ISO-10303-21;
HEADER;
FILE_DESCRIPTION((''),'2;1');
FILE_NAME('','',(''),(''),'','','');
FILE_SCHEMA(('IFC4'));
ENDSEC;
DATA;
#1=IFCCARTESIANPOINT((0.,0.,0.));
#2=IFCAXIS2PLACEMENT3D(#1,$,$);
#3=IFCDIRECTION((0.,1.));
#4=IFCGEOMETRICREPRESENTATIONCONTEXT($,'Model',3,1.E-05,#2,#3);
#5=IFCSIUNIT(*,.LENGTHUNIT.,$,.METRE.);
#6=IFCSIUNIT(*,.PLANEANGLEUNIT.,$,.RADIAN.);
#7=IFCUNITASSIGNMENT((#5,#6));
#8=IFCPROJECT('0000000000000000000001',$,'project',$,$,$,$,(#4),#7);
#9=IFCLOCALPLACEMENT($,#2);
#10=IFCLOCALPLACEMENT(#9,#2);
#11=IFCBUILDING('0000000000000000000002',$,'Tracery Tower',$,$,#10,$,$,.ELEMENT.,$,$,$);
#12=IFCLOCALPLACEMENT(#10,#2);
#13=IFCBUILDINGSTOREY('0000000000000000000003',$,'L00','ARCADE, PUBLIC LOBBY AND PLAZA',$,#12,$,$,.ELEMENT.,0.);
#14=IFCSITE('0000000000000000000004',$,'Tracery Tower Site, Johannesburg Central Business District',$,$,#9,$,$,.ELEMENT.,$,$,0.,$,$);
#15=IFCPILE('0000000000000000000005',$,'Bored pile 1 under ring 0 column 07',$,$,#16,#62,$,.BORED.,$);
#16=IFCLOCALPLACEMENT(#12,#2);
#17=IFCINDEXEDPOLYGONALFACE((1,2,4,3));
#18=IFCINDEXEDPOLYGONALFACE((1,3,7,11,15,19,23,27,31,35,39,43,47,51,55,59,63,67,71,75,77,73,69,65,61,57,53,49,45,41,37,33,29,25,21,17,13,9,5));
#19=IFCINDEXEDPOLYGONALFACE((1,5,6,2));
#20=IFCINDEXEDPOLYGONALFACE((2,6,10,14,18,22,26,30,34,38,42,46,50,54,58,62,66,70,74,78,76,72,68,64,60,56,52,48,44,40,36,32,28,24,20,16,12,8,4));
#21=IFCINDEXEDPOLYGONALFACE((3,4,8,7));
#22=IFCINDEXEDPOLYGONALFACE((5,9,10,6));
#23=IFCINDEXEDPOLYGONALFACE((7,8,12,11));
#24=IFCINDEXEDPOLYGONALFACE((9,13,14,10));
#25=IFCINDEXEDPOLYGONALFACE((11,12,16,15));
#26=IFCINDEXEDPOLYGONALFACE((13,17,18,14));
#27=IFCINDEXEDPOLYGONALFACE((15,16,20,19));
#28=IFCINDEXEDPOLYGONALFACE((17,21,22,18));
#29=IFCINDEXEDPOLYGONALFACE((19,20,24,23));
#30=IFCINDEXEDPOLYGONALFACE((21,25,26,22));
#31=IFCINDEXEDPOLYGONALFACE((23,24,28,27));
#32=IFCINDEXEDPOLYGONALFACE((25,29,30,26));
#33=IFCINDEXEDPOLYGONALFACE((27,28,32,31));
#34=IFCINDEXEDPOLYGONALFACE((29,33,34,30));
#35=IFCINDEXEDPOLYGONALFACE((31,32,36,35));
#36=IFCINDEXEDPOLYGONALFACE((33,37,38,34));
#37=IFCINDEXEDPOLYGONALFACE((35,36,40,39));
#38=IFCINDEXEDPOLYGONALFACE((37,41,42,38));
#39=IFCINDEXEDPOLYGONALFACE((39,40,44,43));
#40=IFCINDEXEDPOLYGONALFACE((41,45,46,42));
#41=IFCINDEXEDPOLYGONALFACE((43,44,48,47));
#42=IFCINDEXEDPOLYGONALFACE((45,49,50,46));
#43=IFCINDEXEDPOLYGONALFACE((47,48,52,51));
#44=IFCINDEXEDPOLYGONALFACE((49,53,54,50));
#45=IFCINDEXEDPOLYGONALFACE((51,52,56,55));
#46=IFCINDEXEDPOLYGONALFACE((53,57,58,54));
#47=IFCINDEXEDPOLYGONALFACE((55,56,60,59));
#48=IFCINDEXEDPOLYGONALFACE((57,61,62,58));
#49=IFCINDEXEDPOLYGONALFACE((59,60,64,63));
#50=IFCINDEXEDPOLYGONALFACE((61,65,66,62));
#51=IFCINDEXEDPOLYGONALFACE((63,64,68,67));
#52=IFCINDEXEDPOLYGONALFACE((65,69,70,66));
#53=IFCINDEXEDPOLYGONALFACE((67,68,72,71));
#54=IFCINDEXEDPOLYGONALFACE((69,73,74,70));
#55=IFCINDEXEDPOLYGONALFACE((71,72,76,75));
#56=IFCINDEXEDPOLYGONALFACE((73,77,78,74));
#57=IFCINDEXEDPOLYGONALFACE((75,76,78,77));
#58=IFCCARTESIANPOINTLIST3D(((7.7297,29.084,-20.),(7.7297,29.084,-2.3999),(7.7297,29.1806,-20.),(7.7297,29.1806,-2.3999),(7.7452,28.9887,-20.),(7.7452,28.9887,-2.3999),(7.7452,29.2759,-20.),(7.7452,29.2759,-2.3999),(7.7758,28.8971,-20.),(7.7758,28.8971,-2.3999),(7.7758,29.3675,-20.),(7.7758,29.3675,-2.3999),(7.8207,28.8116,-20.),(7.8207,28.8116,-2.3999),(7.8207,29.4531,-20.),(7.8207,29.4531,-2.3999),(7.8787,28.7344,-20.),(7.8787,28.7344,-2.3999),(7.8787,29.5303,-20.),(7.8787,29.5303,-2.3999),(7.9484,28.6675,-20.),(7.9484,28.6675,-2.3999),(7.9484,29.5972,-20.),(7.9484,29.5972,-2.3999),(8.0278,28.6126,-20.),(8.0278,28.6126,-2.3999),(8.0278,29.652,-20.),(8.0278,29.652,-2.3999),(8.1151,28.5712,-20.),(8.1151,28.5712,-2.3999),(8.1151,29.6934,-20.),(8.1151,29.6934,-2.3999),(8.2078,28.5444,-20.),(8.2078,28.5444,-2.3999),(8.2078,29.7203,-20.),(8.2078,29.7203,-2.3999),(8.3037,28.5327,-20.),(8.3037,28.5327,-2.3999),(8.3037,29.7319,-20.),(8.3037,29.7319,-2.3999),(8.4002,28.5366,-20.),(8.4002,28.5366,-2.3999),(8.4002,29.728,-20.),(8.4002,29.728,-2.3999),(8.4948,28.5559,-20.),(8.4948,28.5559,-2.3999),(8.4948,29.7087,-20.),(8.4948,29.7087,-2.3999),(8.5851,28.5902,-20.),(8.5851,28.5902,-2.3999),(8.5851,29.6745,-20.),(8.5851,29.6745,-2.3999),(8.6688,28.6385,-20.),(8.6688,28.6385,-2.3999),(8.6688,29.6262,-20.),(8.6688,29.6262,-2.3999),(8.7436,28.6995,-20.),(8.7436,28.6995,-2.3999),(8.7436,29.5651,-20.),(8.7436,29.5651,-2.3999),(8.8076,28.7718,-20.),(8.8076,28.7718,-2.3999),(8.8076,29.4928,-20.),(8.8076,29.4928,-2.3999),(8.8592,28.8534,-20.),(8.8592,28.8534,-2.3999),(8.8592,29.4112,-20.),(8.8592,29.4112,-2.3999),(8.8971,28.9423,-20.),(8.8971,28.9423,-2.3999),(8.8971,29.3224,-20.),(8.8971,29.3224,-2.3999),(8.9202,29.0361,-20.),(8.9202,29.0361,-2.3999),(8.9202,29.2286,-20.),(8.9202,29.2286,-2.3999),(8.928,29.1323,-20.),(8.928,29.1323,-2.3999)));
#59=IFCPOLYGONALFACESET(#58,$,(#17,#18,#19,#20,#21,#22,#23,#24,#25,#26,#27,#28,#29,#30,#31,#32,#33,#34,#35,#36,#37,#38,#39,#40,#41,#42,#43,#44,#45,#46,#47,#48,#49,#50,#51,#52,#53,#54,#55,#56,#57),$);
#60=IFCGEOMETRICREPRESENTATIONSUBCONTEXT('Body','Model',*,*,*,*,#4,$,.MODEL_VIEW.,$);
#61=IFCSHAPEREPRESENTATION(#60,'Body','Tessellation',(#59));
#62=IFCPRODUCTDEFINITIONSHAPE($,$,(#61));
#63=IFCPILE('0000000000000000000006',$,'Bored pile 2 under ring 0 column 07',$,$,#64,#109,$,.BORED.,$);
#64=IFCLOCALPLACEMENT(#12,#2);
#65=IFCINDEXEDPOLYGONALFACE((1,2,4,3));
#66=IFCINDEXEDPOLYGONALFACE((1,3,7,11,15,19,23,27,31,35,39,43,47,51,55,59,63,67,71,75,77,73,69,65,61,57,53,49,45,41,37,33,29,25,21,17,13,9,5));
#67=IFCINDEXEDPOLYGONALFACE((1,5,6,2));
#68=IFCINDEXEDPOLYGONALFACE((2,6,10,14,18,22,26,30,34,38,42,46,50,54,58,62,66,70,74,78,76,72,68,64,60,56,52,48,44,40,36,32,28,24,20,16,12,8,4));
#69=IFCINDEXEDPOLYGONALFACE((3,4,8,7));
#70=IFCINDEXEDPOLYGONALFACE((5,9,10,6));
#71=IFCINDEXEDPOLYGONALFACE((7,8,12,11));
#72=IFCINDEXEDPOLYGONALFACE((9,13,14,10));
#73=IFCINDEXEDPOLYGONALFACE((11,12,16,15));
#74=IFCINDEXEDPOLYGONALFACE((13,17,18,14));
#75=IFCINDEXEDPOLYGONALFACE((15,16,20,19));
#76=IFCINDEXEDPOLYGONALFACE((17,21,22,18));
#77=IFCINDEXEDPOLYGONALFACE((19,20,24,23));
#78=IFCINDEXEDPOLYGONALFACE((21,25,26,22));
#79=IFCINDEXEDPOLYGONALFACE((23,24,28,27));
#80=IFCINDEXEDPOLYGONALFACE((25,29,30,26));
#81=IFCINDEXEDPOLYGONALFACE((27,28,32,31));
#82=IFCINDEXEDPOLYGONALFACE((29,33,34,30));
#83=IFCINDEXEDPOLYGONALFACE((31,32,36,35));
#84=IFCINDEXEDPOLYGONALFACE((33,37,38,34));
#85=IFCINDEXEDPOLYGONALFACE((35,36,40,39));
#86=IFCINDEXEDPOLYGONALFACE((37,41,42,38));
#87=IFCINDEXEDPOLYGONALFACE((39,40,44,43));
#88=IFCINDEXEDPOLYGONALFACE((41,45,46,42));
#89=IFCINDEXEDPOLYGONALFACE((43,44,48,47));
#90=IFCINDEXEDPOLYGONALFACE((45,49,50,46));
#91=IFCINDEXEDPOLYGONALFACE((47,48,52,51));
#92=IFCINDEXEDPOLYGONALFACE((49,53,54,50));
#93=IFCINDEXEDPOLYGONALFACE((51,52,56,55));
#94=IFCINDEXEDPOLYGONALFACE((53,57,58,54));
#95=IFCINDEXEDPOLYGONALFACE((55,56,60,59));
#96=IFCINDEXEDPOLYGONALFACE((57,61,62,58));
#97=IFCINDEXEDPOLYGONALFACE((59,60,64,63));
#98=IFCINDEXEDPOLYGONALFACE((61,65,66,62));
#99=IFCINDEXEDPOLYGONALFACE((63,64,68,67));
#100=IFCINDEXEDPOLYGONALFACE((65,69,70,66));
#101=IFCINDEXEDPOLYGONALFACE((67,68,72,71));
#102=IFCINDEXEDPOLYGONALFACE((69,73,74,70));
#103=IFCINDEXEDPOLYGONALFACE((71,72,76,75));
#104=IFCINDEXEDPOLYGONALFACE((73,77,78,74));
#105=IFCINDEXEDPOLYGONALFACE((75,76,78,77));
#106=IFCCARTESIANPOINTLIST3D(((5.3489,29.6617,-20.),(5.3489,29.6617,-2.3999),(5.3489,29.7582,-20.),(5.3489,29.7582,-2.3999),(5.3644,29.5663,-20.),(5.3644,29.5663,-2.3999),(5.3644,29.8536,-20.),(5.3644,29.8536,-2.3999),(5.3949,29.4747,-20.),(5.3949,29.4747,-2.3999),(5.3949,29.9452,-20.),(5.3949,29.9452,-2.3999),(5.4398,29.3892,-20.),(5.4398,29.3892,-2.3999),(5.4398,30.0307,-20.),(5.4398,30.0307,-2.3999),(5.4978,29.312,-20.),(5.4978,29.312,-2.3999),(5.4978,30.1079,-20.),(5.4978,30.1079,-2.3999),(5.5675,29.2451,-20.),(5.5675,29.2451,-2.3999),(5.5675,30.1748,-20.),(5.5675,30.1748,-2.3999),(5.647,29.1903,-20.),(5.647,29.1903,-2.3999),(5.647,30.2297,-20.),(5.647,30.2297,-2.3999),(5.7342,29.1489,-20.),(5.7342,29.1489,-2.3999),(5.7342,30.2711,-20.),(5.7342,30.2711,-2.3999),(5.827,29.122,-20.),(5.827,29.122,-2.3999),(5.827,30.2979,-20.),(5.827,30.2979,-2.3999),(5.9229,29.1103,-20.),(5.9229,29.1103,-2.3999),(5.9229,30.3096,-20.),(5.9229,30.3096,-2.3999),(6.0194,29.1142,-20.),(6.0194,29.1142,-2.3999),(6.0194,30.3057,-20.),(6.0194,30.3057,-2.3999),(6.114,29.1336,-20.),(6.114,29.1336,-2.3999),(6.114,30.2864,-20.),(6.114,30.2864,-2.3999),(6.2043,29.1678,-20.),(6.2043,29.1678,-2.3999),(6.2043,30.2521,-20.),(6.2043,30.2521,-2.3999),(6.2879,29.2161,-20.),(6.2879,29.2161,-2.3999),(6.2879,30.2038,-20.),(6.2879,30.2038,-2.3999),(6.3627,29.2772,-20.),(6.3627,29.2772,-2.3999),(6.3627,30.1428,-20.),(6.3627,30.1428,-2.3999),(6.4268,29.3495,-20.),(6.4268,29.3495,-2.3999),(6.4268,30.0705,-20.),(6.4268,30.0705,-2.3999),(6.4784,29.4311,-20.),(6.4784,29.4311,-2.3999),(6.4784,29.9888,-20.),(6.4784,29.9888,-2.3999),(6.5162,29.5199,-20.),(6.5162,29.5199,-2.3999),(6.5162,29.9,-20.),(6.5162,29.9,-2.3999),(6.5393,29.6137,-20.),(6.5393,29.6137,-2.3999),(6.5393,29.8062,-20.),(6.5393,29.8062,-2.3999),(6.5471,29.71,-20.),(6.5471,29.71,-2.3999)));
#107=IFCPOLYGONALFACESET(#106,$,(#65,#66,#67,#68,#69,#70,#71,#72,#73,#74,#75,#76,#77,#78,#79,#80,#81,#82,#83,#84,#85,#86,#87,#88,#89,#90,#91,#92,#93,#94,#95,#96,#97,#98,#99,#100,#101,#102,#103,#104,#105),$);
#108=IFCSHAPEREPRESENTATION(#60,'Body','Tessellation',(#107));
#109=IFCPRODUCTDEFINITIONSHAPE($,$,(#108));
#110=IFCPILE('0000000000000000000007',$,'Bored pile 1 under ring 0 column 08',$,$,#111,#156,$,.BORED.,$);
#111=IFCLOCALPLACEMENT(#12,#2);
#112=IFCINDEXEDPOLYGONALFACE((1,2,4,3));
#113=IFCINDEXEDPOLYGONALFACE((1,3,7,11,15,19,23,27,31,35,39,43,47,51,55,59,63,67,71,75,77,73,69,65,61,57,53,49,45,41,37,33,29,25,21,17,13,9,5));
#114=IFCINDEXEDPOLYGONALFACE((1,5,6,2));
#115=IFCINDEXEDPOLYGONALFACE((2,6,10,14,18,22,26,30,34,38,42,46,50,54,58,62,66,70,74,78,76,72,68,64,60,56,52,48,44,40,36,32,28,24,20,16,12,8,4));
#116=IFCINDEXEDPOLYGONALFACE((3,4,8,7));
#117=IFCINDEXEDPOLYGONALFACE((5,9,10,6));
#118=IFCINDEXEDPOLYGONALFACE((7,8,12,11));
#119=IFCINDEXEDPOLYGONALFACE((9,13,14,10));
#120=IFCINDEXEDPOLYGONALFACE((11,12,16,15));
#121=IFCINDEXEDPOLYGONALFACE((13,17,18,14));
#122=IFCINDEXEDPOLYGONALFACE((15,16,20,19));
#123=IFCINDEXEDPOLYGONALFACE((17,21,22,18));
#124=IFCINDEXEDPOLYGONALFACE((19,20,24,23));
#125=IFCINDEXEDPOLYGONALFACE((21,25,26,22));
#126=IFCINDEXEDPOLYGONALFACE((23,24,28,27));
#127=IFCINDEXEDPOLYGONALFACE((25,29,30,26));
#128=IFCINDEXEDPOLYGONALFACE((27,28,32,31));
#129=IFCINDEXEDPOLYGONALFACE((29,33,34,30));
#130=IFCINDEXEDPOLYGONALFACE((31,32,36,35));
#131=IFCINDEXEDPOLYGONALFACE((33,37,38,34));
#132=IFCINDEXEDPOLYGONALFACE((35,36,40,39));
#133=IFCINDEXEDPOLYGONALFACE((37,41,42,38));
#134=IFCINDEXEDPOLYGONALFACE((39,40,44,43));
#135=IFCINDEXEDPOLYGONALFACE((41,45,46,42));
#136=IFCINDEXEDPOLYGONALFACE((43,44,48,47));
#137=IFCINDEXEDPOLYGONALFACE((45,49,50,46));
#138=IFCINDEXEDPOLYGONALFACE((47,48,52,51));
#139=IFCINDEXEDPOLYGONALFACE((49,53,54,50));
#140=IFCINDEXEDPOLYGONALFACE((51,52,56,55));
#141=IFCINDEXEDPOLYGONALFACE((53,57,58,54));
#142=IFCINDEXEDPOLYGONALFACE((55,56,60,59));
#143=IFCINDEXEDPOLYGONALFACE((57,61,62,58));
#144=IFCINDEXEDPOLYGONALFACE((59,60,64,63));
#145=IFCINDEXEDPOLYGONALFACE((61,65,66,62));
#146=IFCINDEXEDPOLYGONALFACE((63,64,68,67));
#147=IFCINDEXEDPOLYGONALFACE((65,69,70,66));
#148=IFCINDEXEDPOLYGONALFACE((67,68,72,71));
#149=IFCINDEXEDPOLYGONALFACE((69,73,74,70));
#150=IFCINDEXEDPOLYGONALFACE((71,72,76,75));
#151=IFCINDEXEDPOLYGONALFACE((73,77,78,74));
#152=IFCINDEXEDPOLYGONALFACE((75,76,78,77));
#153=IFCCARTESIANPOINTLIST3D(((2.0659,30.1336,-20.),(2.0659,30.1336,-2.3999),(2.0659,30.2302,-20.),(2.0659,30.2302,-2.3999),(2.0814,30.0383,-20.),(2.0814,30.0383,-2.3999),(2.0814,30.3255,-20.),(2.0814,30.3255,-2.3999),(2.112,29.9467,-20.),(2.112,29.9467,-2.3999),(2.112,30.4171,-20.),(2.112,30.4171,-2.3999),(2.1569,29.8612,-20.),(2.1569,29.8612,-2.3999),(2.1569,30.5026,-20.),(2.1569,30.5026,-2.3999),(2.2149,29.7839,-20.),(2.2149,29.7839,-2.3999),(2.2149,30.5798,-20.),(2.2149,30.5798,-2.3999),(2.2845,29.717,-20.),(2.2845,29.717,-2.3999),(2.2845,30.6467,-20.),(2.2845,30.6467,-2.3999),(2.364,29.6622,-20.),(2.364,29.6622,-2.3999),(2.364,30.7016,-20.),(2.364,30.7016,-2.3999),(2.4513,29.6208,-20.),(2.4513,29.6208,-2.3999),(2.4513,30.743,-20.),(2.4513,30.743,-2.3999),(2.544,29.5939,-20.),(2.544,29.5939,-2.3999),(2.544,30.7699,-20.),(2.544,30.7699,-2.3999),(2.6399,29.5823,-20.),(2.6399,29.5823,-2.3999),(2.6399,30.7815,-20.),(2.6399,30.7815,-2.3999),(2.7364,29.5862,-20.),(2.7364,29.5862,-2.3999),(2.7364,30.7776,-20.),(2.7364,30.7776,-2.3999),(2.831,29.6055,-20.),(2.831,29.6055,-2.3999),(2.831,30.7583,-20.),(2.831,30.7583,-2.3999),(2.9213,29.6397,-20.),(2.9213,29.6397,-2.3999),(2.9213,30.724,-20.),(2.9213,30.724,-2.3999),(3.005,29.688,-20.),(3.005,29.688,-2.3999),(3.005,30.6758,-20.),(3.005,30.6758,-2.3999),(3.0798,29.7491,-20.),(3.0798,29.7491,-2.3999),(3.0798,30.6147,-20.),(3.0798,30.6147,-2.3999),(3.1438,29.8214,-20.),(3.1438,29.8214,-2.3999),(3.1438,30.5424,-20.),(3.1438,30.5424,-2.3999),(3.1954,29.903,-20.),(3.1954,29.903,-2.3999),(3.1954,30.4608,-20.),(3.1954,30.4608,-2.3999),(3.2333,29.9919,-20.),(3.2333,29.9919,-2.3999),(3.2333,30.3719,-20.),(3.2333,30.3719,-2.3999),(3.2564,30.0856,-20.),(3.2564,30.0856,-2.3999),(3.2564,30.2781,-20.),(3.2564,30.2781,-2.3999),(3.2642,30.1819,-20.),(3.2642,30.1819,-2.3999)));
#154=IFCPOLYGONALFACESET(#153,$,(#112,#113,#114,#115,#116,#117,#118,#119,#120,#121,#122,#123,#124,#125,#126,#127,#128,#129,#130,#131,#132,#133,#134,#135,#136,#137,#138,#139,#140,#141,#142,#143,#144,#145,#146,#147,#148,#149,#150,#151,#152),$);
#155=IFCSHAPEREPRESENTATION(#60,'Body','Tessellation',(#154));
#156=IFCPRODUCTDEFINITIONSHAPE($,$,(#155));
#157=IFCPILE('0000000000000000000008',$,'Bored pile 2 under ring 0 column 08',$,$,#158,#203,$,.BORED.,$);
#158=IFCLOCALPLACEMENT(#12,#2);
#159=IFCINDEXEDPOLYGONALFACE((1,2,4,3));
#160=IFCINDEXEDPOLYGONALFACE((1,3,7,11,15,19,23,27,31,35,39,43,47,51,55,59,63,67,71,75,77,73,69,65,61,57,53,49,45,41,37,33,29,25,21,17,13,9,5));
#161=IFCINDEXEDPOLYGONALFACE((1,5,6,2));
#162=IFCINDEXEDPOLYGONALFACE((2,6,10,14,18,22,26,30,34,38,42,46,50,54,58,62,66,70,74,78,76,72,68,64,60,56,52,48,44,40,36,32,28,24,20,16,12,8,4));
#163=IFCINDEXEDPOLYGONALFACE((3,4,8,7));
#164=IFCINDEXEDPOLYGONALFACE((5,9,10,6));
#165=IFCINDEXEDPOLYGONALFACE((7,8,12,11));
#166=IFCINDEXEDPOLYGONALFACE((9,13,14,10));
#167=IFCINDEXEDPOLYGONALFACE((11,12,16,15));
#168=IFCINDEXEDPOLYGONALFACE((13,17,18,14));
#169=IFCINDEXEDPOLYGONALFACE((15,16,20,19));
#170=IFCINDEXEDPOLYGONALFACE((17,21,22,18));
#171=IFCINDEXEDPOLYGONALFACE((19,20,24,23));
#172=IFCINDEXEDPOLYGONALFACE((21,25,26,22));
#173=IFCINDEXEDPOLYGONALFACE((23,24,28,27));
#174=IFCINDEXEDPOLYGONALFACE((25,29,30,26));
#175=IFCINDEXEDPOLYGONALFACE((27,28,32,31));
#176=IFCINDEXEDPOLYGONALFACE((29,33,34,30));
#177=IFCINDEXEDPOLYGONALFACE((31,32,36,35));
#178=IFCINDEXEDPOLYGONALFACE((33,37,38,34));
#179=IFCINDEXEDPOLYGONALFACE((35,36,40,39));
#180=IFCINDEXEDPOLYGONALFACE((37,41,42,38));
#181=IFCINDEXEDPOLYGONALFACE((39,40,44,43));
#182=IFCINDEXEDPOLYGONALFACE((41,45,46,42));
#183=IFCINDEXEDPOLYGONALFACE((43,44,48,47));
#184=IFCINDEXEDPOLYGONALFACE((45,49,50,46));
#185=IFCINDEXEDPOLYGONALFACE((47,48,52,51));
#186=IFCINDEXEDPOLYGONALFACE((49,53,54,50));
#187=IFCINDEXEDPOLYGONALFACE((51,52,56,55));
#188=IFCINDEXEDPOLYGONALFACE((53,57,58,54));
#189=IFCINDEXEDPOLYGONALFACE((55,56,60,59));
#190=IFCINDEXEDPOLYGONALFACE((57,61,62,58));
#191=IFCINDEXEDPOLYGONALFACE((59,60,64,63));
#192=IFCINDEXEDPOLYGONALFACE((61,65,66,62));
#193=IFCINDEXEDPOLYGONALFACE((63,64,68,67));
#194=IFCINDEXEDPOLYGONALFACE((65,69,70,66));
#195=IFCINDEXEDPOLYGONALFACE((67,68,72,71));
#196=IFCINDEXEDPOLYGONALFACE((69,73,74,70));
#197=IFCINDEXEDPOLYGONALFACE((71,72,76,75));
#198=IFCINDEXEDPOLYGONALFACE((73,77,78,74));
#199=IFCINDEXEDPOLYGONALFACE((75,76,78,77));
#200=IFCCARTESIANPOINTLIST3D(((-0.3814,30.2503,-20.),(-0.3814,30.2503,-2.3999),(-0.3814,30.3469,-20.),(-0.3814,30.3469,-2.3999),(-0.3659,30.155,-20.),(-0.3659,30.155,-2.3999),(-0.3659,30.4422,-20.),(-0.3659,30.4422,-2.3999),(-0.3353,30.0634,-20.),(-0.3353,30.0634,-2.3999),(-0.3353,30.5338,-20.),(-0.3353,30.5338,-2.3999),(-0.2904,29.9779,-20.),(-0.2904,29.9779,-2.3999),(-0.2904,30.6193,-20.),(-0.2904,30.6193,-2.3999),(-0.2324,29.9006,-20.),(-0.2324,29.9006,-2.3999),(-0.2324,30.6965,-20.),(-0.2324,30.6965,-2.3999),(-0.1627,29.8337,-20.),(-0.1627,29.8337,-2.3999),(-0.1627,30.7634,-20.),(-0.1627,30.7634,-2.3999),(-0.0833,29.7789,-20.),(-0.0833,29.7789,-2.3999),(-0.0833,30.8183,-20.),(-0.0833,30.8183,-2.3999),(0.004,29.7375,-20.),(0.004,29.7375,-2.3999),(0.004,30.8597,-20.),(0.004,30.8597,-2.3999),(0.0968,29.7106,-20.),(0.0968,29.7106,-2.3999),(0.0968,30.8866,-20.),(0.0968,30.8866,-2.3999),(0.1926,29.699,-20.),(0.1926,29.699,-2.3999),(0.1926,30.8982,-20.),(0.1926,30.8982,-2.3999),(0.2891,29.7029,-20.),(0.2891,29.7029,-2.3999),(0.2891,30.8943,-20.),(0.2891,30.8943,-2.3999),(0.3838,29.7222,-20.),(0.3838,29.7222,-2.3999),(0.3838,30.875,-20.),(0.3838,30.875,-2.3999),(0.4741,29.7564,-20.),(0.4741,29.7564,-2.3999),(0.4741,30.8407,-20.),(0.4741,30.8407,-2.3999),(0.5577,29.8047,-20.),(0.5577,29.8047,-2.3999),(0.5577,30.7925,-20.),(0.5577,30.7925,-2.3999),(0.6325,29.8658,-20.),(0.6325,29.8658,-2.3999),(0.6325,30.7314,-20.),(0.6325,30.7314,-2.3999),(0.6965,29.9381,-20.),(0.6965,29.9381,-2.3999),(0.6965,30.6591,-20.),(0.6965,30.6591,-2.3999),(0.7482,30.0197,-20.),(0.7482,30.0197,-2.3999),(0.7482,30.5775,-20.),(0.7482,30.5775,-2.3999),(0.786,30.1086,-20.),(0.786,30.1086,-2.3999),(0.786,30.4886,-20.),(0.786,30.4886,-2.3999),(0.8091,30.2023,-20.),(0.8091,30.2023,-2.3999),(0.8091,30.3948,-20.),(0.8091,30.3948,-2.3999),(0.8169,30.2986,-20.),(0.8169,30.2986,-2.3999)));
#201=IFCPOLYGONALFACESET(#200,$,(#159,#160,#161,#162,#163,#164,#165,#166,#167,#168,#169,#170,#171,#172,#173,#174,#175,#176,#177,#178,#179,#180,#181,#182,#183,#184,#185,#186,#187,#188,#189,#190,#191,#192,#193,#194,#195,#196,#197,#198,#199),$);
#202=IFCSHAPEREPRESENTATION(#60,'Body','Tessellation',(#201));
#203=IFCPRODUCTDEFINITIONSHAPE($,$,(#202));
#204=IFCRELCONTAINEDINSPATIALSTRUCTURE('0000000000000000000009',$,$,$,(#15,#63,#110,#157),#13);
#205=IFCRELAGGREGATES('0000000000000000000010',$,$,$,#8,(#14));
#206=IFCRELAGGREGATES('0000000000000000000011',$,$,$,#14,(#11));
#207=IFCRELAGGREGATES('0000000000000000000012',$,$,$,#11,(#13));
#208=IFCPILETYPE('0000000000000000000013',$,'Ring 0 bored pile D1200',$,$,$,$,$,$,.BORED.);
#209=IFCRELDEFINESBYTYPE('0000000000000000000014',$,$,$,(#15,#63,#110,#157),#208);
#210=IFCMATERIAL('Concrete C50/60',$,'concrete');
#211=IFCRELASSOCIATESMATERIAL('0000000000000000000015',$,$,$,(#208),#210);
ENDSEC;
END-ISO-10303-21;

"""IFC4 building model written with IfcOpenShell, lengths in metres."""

from ifc_helpers import new_model, si_unit, direction, frame, origin, origin_2d, place, context, subcontext, project, spatial, circle, extrude, material, material_profile, profile_set, type_object, element, save


model = new_model("IFC4")

# Units and contexts
model_context = context("Model", 3, precision=1e-05, world=origin(), true_north=direction((0.0, 1.0)))
body_context = subcontext(model_context, "Body", "Model", "MODEL_VIEW")
ifc_project = project(units=[si_unit("LENGTHUNIT", "METRE"), si_unit("PLANEANGLEUNIT", "RADIAN")], contexts=[model_context])

# Site, building, storey
site_placement = place(None, origin())
site = spatial("IfcSite", under=ifc_project, at=site_placement, Name="Tracery Tower Site, Johannesburg Central Business District", CompositionType="ELEMENT", RefElevation=0.0)
building_placement = place(site_placement, origin())
building = spatial("IfcBuilding", under=site, at=building_placement, Name="Tracery Tower", CompositionType="ELEMENT")
storey_placement = place(building_placement, origin())
storey = spatial("IfcBuildingStorey", under=building, at=storey_placement, Name="L00", Description="ARCADE, PUBLIC LOBBY AND PLAZA", CompositionType="ELEMENT", Elevation=0.0)

# Piles
ifc_material_1 = material(Name="Concrete C50/60", Category="concrete")
ifc_material_profile_1 = material_profile(ifc_material_1, circle(Radius=0.6001, at=origin_2d()), Name="RC D1200")
ifc_profile_set_1 = profile_set([ifc_material_profile_1], Name="Concrete C50/60")
pile_type_1 = type_object("IfcPileType", Name="Ring 0 bored pile D1200", PredefinedType="BORED", material=ifc_profile_set_1)
for number, where, z_axis, x_axis, name in (
    (1, (8.3279, 29.1323, -2.3999), (0.0, 0.0, -1.0), (1.0, 0.0, 0.0), "Bored pile 1 under ring 0 column 07"),
    (2, (5.947, 29.71, -2.3999), (0.0, 0.0, -1.0), (1.0, 0.0, 0.0), "Bored pile 2 under ring 0 column 07"),
    (3, (2.6641, 30.1819, -2.3999), (0.0, 0.0, -1.0), (1.0, 0.0, 0.0), "Bored pile 1 under ring 0 column 08"),
    (4, (0.2168, 30.2986, -2.3999), (0.0, 0.0, -1.0), (1.0, 0.0, 0.0), "Bored pile 2 under ring 0 column 08"),
):
    element("IfcPile", number, at=place(storey_placement, frame(where, z_axis=z_axis, x_axis=x_axis)), inside=storey, type_object=pile_type_1, Name=name, PredefinedType="BORED", context=body_context, shape_type="SweptSolid", body=[
        extrude(circle(Radius=0.6001, at=origin_2d()), origin(), (0.0, 0.0, 1.0), 17.6001),
    ])

save(model, "model.ifc")
